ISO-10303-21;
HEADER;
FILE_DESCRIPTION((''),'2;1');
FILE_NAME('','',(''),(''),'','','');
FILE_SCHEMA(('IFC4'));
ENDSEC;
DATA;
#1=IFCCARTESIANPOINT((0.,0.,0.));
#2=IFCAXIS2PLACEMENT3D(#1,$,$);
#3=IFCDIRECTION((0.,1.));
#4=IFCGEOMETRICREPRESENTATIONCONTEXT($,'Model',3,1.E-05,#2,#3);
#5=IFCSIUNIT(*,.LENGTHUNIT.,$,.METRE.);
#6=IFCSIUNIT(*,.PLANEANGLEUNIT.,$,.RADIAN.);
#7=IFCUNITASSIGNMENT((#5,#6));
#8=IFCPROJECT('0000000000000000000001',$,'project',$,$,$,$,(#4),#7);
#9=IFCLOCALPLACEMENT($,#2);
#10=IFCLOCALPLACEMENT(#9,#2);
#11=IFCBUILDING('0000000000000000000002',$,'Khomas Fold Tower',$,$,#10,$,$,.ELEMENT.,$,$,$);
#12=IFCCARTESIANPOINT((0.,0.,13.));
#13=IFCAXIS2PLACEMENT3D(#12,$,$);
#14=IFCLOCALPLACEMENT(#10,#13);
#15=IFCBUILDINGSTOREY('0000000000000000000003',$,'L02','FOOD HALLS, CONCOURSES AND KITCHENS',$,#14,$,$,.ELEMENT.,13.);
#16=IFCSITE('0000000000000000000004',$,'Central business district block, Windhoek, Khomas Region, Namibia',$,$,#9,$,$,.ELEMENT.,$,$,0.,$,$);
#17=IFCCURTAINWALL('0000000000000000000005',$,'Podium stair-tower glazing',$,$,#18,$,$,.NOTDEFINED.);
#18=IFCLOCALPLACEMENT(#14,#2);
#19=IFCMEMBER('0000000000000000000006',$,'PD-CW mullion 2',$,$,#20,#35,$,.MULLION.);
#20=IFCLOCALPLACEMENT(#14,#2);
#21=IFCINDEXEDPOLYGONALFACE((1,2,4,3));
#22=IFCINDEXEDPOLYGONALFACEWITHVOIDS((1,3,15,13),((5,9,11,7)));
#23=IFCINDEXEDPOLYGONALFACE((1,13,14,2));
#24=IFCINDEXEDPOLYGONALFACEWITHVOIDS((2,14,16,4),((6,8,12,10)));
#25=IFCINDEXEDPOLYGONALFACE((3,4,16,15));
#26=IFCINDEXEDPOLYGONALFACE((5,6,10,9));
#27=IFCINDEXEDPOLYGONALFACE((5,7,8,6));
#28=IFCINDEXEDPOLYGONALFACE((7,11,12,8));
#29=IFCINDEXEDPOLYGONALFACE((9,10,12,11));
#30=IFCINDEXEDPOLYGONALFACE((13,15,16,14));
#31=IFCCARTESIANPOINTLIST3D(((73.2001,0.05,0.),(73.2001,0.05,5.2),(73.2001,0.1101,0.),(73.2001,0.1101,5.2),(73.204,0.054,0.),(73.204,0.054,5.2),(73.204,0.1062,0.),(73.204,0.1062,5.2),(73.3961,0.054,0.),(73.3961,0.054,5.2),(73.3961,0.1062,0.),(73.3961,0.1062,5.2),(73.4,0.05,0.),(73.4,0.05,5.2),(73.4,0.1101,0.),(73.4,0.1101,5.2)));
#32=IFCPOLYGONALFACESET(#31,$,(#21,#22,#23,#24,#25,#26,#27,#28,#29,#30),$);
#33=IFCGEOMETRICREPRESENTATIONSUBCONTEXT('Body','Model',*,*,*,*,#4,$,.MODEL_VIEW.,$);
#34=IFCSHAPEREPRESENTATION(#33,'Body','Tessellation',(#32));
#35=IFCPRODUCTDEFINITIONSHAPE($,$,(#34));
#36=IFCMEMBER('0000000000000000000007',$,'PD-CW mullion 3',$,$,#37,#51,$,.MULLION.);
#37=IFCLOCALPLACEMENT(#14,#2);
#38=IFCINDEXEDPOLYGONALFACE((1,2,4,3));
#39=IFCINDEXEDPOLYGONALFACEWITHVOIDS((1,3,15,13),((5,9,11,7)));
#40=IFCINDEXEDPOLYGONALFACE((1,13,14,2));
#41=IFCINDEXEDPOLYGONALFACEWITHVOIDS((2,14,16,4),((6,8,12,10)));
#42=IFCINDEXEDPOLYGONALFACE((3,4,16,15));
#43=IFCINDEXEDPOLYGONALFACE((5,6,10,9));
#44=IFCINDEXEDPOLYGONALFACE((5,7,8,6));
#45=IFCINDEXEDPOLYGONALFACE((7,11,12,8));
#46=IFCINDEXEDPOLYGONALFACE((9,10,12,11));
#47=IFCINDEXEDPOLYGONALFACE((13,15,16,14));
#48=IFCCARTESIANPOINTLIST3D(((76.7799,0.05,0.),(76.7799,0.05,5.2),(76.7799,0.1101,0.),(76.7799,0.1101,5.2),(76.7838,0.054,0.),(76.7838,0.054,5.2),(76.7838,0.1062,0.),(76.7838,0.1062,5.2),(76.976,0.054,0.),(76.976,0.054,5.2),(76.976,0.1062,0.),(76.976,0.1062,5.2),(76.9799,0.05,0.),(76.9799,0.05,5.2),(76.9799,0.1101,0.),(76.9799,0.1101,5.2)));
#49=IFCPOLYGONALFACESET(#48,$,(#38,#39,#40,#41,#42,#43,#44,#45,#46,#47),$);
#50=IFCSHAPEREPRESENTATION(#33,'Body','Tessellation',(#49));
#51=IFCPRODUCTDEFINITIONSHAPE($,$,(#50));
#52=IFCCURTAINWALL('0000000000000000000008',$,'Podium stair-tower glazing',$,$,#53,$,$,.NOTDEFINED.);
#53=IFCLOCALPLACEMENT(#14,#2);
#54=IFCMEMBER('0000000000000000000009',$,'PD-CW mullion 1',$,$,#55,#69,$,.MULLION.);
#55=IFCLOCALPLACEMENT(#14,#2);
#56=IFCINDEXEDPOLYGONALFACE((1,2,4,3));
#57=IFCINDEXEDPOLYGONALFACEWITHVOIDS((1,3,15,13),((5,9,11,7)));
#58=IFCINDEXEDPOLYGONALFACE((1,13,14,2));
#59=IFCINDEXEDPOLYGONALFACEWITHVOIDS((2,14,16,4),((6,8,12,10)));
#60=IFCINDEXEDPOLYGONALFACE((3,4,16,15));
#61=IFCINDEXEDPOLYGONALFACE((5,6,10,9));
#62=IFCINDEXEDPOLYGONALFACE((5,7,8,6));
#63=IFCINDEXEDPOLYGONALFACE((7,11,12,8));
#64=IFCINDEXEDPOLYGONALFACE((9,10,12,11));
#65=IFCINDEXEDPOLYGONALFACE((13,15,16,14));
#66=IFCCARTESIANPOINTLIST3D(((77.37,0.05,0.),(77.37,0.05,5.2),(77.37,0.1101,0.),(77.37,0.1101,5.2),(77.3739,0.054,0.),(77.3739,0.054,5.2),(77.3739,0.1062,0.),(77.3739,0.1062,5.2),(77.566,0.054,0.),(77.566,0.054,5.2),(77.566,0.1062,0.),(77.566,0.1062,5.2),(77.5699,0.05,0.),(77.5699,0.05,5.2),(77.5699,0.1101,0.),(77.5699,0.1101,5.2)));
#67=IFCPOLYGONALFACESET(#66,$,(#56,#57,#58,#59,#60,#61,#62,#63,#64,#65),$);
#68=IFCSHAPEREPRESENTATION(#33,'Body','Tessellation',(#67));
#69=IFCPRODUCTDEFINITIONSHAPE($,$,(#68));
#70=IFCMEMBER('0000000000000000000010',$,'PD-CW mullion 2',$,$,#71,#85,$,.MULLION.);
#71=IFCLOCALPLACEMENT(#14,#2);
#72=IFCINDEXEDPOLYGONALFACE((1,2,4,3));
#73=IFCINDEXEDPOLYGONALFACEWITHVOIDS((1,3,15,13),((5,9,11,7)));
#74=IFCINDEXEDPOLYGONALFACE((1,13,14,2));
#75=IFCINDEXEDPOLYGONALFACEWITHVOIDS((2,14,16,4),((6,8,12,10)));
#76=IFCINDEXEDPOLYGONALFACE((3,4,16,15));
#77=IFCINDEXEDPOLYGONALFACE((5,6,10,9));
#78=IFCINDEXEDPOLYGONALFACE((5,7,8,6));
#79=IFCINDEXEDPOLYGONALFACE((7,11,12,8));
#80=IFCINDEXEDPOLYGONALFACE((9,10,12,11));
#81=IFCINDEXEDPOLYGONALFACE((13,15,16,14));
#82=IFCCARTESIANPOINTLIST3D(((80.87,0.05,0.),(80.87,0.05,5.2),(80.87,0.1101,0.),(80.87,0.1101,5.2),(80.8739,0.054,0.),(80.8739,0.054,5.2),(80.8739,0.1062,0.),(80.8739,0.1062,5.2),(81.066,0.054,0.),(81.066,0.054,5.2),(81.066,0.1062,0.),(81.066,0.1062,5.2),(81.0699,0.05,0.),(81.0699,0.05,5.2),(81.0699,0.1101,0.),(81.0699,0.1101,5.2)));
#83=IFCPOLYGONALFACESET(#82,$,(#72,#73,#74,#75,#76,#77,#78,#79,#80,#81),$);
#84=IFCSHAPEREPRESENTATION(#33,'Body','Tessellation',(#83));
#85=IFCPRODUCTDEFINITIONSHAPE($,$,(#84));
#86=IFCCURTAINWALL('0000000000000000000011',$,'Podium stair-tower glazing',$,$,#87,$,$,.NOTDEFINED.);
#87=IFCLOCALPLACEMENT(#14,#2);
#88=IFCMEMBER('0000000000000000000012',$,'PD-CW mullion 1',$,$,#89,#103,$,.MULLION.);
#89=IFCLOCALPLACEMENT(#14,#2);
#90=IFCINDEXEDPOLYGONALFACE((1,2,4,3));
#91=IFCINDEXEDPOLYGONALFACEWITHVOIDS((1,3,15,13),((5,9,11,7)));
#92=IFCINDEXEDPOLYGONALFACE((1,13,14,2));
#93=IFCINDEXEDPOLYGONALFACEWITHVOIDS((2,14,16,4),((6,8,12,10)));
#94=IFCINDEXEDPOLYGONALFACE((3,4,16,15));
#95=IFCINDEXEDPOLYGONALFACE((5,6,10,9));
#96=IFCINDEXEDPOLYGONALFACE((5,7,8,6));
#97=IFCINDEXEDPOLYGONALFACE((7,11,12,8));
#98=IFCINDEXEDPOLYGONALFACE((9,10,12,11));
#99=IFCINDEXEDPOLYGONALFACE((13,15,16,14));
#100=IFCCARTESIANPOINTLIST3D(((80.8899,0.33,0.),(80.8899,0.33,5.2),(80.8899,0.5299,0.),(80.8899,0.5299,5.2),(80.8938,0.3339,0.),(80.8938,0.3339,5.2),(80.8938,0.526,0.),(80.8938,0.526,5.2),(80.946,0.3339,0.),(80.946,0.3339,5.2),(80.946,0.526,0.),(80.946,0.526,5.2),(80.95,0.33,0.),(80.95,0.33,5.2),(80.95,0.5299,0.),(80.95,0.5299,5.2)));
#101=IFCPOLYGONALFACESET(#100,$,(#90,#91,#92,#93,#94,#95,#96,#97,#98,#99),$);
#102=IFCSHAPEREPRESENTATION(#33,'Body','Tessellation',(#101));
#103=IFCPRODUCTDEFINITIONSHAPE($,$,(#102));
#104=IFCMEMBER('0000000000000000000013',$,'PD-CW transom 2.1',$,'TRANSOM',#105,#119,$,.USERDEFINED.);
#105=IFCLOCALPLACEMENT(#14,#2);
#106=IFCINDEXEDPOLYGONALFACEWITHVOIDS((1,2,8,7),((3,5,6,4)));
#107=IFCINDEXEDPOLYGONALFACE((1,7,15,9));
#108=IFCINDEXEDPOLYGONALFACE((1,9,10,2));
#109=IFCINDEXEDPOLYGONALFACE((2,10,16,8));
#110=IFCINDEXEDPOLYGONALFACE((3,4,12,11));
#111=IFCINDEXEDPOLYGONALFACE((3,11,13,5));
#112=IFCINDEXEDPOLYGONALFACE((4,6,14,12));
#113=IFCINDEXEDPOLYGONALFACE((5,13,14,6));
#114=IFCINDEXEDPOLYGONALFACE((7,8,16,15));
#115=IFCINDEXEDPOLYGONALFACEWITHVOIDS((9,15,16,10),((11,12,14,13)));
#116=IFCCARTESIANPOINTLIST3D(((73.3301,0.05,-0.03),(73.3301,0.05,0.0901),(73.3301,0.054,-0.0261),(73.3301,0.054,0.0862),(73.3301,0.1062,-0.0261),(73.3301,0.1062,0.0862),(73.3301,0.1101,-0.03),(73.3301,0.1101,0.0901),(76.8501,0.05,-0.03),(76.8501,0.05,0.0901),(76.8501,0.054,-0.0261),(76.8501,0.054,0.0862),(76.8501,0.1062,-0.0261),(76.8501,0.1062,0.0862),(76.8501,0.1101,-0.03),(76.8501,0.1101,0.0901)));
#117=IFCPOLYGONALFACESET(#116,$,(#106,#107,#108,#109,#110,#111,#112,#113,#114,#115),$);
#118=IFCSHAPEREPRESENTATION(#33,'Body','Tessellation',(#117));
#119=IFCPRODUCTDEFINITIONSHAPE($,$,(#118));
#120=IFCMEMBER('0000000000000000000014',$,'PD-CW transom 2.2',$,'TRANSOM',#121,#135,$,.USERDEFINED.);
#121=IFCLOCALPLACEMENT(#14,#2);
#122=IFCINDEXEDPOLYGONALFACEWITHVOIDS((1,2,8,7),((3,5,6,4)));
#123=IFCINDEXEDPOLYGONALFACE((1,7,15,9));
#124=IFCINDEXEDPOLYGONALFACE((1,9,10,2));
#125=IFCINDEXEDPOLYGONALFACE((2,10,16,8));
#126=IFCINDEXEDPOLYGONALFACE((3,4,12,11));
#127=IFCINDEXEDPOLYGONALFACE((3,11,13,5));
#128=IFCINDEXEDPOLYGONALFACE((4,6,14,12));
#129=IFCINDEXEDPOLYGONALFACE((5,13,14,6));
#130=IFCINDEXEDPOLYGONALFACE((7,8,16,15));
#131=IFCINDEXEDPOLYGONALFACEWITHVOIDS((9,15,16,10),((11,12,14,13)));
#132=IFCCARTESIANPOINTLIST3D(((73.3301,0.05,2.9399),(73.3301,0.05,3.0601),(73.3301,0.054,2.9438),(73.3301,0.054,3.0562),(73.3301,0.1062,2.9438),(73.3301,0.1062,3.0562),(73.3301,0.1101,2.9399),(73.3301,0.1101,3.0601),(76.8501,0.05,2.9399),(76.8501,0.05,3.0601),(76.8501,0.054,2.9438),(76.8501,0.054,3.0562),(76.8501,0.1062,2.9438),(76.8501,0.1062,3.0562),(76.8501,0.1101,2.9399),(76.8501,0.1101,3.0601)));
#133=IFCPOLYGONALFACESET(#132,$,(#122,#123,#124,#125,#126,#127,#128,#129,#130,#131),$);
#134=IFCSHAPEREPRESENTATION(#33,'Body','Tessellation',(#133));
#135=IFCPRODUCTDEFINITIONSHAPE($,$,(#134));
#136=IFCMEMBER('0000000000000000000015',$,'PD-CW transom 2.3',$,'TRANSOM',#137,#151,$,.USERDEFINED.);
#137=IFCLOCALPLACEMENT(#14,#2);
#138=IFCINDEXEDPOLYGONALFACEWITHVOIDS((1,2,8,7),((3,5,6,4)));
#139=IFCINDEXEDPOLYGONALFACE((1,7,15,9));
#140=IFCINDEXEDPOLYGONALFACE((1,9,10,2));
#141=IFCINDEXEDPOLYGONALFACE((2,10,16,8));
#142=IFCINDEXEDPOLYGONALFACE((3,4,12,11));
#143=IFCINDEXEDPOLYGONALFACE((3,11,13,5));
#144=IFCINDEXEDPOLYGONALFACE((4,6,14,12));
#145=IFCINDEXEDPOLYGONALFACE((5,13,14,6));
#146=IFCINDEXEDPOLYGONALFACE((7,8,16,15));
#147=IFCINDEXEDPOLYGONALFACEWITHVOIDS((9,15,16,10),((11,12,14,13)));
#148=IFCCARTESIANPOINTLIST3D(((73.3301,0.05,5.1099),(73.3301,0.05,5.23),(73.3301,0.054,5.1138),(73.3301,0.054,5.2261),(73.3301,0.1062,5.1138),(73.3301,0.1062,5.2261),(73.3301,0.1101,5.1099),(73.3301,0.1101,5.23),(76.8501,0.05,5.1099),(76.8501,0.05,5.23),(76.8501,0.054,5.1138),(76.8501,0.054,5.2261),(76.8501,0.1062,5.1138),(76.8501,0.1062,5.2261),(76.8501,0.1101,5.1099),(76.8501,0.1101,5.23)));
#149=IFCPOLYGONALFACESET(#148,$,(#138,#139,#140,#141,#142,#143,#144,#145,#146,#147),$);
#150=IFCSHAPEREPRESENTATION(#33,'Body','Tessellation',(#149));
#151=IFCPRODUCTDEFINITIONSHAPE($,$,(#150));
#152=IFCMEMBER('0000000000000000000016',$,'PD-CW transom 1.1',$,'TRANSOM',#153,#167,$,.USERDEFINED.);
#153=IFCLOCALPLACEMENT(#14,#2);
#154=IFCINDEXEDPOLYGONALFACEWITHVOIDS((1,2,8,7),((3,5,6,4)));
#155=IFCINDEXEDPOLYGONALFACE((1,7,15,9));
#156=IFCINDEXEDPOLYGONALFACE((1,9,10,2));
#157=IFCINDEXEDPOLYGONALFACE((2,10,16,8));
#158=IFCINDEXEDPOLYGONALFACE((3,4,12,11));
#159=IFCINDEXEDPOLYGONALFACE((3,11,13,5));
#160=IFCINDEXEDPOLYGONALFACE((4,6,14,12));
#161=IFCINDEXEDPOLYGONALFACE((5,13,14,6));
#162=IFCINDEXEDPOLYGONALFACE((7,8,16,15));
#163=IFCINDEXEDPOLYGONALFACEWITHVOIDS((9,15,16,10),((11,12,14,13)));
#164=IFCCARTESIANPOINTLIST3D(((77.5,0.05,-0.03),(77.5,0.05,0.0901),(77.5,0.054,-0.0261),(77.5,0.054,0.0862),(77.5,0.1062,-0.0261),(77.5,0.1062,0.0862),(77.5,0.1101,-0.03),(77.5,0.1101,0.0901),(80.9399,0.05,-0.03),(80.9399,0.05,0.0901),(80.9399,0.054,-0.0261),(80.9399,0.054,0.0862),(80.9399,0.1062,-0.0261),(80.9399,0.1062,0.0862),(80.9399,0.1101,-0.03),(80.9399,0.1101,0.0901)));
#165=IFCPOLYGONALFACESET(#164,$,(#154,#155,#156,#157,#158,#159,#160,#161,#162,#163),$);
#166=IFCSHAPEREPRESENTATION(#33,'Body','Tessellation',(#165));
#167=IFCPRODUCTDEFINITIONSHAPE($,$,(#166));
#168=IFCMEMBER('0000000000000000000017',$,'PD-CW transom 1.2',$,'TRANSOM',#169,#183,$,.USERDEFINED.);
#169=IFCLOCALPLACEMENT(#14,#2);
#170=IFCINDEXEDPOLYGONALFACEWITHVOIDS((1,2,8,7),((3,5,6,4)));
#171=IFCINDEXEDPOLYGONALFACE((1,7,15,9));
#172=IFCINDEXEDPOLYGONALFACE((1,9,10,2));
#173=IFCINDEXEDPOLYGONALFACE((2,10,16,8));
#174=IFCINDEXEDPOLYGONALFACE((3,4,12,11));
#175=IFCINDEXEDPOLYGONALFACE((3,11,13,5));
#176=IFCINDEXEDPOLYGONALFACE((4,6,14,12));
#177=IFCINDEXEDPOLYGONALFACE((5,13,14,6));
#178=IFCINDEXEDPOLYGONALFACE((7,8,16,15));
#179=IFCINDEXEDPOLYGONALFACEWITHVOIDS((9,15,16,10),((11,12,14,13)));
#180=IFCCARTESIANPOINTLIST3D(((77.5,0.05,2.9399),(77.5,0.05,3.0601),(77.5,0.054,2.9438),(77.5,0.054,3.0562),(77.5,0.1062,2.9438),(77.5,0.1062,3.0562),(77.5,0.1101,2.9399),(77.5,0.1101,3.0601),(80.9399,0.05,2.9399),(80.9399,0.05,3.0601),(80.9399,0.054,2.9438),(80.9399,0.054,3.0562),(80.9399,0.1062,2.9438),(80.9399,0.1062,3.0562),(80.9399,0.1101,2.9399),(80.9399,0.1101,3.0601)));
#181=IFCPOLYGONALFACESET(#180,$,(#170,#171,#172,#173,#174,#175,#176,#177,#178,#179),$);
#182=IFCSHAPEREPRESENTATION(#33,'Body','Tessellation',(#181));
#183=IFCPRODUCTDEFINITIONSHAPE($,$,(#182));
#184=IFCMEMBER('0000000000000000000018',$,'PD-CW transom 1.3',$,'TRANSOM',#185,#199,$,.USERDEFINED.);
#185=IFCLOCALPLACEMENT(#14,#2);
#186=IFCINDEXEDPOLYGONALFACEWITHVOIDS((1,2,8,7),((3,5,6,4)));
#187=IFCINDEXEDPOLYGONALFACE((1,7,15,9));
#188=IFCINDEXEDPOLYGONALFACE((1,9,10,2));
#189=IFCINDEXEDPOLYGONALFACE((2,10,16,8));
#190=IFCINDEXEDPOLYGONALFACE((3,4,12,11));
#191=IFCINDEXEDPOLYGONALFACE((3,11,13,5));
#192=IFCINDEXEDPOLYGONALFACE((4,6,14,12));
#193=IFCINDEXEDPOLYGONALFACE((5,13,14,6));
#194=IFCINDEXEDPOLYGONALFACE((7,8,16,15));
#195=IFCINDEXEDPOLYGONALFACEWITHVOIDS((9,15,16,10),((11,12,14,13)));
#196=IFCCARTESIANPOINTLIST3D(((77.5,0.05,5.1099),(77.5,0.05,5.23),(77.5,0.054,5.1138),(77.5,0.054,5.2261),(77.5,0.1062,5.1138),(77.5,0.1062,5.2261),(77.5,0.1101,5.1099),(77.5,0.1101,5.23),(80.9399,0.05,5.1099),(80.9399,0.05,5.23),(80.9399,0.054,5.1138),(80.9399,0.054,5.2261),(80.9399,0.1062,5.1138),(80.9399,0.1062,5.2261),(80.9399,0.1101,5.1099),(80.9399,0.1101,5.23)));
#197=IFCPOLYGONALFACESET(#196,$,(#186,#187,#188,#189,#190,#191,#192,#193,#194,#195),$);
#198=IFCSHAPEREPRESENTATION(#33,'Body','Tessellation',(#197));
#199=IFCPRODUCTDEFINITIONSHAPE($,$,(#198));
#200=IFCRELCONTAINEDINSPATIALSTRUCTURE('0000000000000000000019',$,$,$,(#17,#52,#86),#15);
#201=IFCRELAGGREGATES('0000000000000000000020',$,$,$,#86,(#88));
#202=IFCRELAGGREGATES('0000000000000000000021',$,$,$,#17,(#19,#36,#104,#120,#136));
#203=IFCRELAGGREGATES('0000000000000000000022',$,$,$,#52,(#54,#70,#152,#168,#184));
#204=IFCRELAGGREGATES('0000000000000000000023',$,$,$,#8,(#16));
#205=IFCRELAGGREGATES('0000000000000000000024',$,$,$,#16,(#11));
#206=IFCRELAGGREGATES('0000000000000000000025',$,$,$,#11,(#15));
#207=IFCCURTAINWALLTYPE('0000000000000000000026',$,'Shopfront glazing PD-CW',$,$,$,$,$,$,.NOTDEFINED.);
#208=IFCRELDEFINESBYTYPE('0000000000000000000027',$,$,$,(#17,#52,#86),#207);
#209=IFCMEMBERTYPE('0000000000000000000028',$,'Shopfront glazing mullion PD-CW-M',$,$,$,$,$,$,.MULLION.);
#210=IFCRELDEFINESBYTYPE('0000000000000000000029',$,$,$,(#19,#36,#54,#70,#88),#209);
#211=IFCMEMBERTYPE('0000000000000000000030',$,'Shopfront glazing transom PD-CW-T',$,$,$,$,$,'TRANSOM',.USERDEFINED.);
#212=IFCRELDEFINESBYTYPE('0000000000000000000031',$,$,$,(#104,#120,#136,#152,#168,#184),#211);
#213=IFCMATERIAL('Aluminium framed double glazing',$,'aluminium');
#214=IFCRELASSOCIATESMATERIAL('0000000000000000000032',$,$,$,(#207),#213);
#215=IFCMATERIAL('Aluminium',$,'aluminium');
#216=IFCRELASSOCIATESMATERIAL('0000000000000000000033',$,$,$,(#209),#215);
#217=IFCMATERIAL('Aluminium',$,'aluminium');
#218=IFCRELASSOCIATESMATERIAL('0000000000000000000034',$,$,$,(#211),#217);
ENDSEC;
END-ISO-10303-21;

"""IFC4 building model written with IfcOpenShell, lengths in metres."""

from ifc_helpers import new_model, si_unit, direction, frame, origin, origin_2d, place, context, subcontext, project, spatial, hollow_rectangle, extrude, source, transform, mapped, material, material_profile, profile_set, type_object, element, aggregate, save


model = new_model("IFC4")

# Units and contexts
model_context = context("Model", 3, precision=1e-05, world=origin(), true_north=direction((0.0, 1.0)))
body_context = subcontext(model_context, "Body", "Model", "MODEL_VIEW")
ifc_project = project(units=[si_unit("LENGTHUNIT", "METRE"), si_unit("PLANEANGLEUNIT", "RADIAN")], contexts=[model_context])

# Site, building, storey
site_placement = place(None, origin())
site = spatial("IfcSite", under=ifc_project, at=site_placement, Name="Central business district block, Windhoek, Khomas Region, Namibia", CompositionType="ELEMENT", RefElevation=0.0)
building_placement = place(site_placement, origin())
building = spatial("IfcBuilding", under=site, at=building_placement, Name="Khomas Fold Tower", CompositionType="ELEMENT")
storey_placement = place(building_placement, frame((0.0, 0.0, 13.0)))
storey = spatial("IfcBuildingStorey", under=building, at=storey_placement, Name="L02", Description="FOOD HALLS, CONCOURSES AND KITCHENS", CompositionType="ELEMENT", Elevation=13.0)

# Curtain walls, members
ifc_material_1 = material(Name="Aluminium framed double glazing", Category="aluminium")
curtain_wall_type = type_object("IfcCurtainWallType", Name="Shopfront glazing PD-CW", PredefinedType="NOTDEFINED", material=ifc_material_1)
curtain_wall_1_placement = place(storey_placement, origin())
curtain_wall_1 = element("IfcCurtainWall", 1, at=curtain_wall_1_placement, inside=storey, type_object=curtain_wall_type, Name="Podium stair-tower glazing", PredefinedType="NOTDEFINED")
ifc_material_2 = material(Name="Aluminium", Category="aluminium")
ifc_material_profile_1 = material_profile(ifc_material_2, hollow_rectangle(XDim=0.0601, YDim=0.2, WallThickness=0.0039, at=origin_2d()), Name="Shopfront glazing mullion PD-CW-M")
ifc_profile_set_1 = profile_set([ifc_material_profile_1], Name="Aluminium")
member_type_1 = type_object("IfcMemberType", Name="Shopfront glazing mullion PD-CW-M", PredefinedType="MULLION", material=ifc_profile_set_1)
shared_shape_1 = source(origin(), body_context, "Body", "SweptSolid", [
    extrude(hollow_rectangle(XDim=0.0601, YDim=0.2, WallThickness=0.0039, at=origin_2d()), origin(), (0.0, 0.0, 1.0), 5.2),
])
member_1_placement = place(storey_placement, frame((73.3, 0.0801, 0.0), z_axis=(0.0, 0.0, 1.0), x_axis=(0.0, 1.0, 0.0)))
member_1 = element("IfcMember", 2, at=member_1_placement, type_object=member_type_1, Name="PD-CW mullion 2", PredefinedType="MULLION", context=body_context, shape_type="MappedRepresentation", body=[
    mapped(shared_shape_1, transform((0.0, 0.0, 0.0))),
])
member_2_placement = place(storey_placement, frame((76.8799, 0.0801, 0.0), z_axis=(0.0, 0.0, 1.0), x_axis=(0.0, 1.0, 0.0)))
member_2 = element("IfcMember", 3, at=member_2_placement, type_object=member_type_1, Name="PD-CW mullion 3", PredefinedType="MULLION", context=body_context, shape_type="MappedRepresentation", body=[
    mapped(shared_shape_1, transform((0.0, 0.0, 0.0))),
])
curtain_wall_2_placement = place(storey_placement, origin())
curtain_wall_2 = element("IfcCurtainWall", 4, at=curtain_wall_2_placement, inside=storey, type_object=curtain_wall_type, Name="Podium stair-tower glazing", PredefinedType="NOTDEFINED")
member_3_placement = place(storey_placement, frame((77.47, 0.0801, 0.0), z_axis=(0.0, 0.0, 1.0), x_axis=(0.0, 1.0, 0.0)))
member_3 = element("IfcMember", 5, at=member_3_placement, type_object=member_type_1, Name="PD-CW mullion 1", PredefinedType="MULLION", context=body_context, shape_type="MappedRepresentation", body=[
    mapped(shared_shape_1, transform((0.0, 0.0, 0.0))),
])
member_4_placement = place(storey_placement, frame((80.97, 0.0801, 0.0), z_axis=(0.0, 0.0, 1.0), x_axis=(0.0, 1.0, 0.0)))
member_4 = element("IfcMember", 6, at=member_4_placement, type_object=member_type_1, Name="PD-CW mullion 2", PredefinedType="MULLION", context=body_context, shape_type="MappedRepresentation", body=[
    mapped(shared_shape_1, transform((0.0, 0.0, 0.0))),
])

# Curtain wall, member
curtain_wall_3_placement = place(storey_placement, origin())
curtain_wall_3 = element("IfcCurtainWall", 7, at=curtain_wall_3_placement, inside=storey, type_object=curtain_wall_type, Name="Podium stair-tower glazing", PredefinedType="NOTDEFINED")
member_5_placement = place(storey_placement, frame((80.9199, 0.4299, 0.0), z_axis=(0.0, 0.0, 1.0), x_axis=(-1.0, 0.0, 0.0)))
member_5 = element("IfcMember", 8, at=member_5_placement, type_object=member_type_1, Name="PD-CW mullion 1", PredefinedType="MULLION", context=body_context, shape_type="MappedRepresentation", body=[
    mapped(shared_shape_1, transform((0.0, 0.0, 0.0))),
])

# Members
ifc_material_3 = material(Name="Aluminium", Category="aluminium")
ifc_material_profile_2 = material_profile(ifc_material_3, hollow_rectangle(XDim=0.0601, YDim=0.1201, WallThickness=0.0039, at=origin_2d()), Name="Shopfront glazing transom PD-CW-T")
ifc_profile_set_2 = profile_set([ifc_material_profile_2], Name="Aluminium")
member_type_2 = type_object("IfcMemberType", Name="Shopfront glazing transom PD-CW-T", ElementType="TRANSOM", PredefinedType="USERDEFINED", material=ifc_profile_set_2)
shared_shape_2 = source(origin(), body_context, "Body", "SweptSolid", [
    extrude(hollow_rectangle(XDim=0.0601, YDim=0.1201, WallThickness=0.0039, at=origin_2d()), origin(), (0.0, 0.0, 1.0), 3.52),
])
member_6_placement = place(storey_placement, frame((73.3301, 0.0801, 0.03), z_axis=(1.0, 0.0, 0.0), x_axis=(0.0, 1.0, 0.0)))
member_6 = element("IfcMember", 9, at=member_6_placement, type_object=member_type_2, Name="PD-CW transom 2.1", ObjectType="TRANSOM", PredefinedType="USERDEFINED", context=body_context, shape_type="MappedRepresentation", body=[
    mapped(shared_shape_2, transform((0.0, 0.0, 0.0))),
])
member_7_placement = place(storey_placement, frame((73.3301, 0.0801, 3.0), z_axis=(1.0, 0.0, 0.0), x_axis=(0.0, 1.0, 0.0)))
member_7 = element("IfcMember", 10, at=member_7_placement, type_object=member_type_2, Name="PD-CW transom 2.2", ObjectType="TRANSOM", PredefinedType="USERDEFINED", context=body_context, shape_type="MappedRepresentation", body=[
    mapped(shared_shape_2, transform((0.0, 0.0, 0.0))),
])
member_8_placement = place(storey_placement, frame((73.3301, 0.0801, 5.1699), z_axis=(1.0, 0.0, 0.0), x_axis=(0.0, 1.0, 0.0)))
member_8 = element("IfcMember", 11, at=member_8_placement, type_object=member_type_2, Name="PD-CW transom 2.3", ObjectType="TRANSOM", PredefinedType="USERDEFINED", context=body_context, shape_type="MappedRepresentation", body=[
    mapped(shared_shape_2, transform((0.0, 0.0, 0.0))),
])
shared_shape_3 = source(origin(), body_context, "Body", "SweptSolid", [
    extrude(hollow_rectangle(XDim=0.0601, YDim=0.1201, WallThickness=0.0039, at=origin_2d()), origin(), (0.0, 0.0, 1.0), 3.4399),
])
member_9_placement = place(storey_placement, frame((77.5, 0.0801, 0.03), z_axis=(1.0, 0.0, 0.0), x_axis=(0.0, 1.0, 0.0)))
member_9 = element("IfcMember", 12, at=member_9_placement, type_object=member_type_2, Name="PD-CW transom 1.1", ObjectType="TRANSOM", PredefinedType="USERDEFINED", context=body_context, shape_type="MappedRepresentation", body=[
    mapped(shared_shape_3, transform((0.0, 0.0, 0.0))),
])
member_10_placement = place(storey_placement, frame((77.5, 0.0801, 3.0), z_axis=(1.0, 0.0, 0.0), x_axis=(0.0, 1.0, 0.0)))
member_10 = element("IfcMember", 13, at=member_10_placement, type_object=member_type_2, Name="PD-CW transom 1.2", ObjectType="TRANSOM", PredefinedType="USERDEFINED", context=body_context, shape_type="MappedRepresentation", body=[
    mapped(shared_shape_3, transform((0.0, 0.0, 0.0))),
])
member_11_placement = place(storey_placement, frame((77.5, 0.0801, 5.1699), z_axis=(1.0, 0.0, 0.0), x_axis=(0.0, 1.0, 0.0)))
member_11 = element("IfcMember", 14, at=member_11_placement, type_object=member_type_2, Name="PD-CW transom 1.3", ObjectType="TRANSOM", PredefinedType="USERDEFINED", context=body_context, shape_type="MappedRepresentation", body=[
    mapped(shared_shape_3, transform((0.0, 0.0, 0.0))),
])
aggregate(curtain_wall_3, [member_5])

aggregate(curtain_wall_1, [member_1, member_2, member_6, member_7, member_8])
aggregate(curtain_wall_2, [member_3, member_4, member_9, member_10, member_11])

save(model, "model.ifc")
